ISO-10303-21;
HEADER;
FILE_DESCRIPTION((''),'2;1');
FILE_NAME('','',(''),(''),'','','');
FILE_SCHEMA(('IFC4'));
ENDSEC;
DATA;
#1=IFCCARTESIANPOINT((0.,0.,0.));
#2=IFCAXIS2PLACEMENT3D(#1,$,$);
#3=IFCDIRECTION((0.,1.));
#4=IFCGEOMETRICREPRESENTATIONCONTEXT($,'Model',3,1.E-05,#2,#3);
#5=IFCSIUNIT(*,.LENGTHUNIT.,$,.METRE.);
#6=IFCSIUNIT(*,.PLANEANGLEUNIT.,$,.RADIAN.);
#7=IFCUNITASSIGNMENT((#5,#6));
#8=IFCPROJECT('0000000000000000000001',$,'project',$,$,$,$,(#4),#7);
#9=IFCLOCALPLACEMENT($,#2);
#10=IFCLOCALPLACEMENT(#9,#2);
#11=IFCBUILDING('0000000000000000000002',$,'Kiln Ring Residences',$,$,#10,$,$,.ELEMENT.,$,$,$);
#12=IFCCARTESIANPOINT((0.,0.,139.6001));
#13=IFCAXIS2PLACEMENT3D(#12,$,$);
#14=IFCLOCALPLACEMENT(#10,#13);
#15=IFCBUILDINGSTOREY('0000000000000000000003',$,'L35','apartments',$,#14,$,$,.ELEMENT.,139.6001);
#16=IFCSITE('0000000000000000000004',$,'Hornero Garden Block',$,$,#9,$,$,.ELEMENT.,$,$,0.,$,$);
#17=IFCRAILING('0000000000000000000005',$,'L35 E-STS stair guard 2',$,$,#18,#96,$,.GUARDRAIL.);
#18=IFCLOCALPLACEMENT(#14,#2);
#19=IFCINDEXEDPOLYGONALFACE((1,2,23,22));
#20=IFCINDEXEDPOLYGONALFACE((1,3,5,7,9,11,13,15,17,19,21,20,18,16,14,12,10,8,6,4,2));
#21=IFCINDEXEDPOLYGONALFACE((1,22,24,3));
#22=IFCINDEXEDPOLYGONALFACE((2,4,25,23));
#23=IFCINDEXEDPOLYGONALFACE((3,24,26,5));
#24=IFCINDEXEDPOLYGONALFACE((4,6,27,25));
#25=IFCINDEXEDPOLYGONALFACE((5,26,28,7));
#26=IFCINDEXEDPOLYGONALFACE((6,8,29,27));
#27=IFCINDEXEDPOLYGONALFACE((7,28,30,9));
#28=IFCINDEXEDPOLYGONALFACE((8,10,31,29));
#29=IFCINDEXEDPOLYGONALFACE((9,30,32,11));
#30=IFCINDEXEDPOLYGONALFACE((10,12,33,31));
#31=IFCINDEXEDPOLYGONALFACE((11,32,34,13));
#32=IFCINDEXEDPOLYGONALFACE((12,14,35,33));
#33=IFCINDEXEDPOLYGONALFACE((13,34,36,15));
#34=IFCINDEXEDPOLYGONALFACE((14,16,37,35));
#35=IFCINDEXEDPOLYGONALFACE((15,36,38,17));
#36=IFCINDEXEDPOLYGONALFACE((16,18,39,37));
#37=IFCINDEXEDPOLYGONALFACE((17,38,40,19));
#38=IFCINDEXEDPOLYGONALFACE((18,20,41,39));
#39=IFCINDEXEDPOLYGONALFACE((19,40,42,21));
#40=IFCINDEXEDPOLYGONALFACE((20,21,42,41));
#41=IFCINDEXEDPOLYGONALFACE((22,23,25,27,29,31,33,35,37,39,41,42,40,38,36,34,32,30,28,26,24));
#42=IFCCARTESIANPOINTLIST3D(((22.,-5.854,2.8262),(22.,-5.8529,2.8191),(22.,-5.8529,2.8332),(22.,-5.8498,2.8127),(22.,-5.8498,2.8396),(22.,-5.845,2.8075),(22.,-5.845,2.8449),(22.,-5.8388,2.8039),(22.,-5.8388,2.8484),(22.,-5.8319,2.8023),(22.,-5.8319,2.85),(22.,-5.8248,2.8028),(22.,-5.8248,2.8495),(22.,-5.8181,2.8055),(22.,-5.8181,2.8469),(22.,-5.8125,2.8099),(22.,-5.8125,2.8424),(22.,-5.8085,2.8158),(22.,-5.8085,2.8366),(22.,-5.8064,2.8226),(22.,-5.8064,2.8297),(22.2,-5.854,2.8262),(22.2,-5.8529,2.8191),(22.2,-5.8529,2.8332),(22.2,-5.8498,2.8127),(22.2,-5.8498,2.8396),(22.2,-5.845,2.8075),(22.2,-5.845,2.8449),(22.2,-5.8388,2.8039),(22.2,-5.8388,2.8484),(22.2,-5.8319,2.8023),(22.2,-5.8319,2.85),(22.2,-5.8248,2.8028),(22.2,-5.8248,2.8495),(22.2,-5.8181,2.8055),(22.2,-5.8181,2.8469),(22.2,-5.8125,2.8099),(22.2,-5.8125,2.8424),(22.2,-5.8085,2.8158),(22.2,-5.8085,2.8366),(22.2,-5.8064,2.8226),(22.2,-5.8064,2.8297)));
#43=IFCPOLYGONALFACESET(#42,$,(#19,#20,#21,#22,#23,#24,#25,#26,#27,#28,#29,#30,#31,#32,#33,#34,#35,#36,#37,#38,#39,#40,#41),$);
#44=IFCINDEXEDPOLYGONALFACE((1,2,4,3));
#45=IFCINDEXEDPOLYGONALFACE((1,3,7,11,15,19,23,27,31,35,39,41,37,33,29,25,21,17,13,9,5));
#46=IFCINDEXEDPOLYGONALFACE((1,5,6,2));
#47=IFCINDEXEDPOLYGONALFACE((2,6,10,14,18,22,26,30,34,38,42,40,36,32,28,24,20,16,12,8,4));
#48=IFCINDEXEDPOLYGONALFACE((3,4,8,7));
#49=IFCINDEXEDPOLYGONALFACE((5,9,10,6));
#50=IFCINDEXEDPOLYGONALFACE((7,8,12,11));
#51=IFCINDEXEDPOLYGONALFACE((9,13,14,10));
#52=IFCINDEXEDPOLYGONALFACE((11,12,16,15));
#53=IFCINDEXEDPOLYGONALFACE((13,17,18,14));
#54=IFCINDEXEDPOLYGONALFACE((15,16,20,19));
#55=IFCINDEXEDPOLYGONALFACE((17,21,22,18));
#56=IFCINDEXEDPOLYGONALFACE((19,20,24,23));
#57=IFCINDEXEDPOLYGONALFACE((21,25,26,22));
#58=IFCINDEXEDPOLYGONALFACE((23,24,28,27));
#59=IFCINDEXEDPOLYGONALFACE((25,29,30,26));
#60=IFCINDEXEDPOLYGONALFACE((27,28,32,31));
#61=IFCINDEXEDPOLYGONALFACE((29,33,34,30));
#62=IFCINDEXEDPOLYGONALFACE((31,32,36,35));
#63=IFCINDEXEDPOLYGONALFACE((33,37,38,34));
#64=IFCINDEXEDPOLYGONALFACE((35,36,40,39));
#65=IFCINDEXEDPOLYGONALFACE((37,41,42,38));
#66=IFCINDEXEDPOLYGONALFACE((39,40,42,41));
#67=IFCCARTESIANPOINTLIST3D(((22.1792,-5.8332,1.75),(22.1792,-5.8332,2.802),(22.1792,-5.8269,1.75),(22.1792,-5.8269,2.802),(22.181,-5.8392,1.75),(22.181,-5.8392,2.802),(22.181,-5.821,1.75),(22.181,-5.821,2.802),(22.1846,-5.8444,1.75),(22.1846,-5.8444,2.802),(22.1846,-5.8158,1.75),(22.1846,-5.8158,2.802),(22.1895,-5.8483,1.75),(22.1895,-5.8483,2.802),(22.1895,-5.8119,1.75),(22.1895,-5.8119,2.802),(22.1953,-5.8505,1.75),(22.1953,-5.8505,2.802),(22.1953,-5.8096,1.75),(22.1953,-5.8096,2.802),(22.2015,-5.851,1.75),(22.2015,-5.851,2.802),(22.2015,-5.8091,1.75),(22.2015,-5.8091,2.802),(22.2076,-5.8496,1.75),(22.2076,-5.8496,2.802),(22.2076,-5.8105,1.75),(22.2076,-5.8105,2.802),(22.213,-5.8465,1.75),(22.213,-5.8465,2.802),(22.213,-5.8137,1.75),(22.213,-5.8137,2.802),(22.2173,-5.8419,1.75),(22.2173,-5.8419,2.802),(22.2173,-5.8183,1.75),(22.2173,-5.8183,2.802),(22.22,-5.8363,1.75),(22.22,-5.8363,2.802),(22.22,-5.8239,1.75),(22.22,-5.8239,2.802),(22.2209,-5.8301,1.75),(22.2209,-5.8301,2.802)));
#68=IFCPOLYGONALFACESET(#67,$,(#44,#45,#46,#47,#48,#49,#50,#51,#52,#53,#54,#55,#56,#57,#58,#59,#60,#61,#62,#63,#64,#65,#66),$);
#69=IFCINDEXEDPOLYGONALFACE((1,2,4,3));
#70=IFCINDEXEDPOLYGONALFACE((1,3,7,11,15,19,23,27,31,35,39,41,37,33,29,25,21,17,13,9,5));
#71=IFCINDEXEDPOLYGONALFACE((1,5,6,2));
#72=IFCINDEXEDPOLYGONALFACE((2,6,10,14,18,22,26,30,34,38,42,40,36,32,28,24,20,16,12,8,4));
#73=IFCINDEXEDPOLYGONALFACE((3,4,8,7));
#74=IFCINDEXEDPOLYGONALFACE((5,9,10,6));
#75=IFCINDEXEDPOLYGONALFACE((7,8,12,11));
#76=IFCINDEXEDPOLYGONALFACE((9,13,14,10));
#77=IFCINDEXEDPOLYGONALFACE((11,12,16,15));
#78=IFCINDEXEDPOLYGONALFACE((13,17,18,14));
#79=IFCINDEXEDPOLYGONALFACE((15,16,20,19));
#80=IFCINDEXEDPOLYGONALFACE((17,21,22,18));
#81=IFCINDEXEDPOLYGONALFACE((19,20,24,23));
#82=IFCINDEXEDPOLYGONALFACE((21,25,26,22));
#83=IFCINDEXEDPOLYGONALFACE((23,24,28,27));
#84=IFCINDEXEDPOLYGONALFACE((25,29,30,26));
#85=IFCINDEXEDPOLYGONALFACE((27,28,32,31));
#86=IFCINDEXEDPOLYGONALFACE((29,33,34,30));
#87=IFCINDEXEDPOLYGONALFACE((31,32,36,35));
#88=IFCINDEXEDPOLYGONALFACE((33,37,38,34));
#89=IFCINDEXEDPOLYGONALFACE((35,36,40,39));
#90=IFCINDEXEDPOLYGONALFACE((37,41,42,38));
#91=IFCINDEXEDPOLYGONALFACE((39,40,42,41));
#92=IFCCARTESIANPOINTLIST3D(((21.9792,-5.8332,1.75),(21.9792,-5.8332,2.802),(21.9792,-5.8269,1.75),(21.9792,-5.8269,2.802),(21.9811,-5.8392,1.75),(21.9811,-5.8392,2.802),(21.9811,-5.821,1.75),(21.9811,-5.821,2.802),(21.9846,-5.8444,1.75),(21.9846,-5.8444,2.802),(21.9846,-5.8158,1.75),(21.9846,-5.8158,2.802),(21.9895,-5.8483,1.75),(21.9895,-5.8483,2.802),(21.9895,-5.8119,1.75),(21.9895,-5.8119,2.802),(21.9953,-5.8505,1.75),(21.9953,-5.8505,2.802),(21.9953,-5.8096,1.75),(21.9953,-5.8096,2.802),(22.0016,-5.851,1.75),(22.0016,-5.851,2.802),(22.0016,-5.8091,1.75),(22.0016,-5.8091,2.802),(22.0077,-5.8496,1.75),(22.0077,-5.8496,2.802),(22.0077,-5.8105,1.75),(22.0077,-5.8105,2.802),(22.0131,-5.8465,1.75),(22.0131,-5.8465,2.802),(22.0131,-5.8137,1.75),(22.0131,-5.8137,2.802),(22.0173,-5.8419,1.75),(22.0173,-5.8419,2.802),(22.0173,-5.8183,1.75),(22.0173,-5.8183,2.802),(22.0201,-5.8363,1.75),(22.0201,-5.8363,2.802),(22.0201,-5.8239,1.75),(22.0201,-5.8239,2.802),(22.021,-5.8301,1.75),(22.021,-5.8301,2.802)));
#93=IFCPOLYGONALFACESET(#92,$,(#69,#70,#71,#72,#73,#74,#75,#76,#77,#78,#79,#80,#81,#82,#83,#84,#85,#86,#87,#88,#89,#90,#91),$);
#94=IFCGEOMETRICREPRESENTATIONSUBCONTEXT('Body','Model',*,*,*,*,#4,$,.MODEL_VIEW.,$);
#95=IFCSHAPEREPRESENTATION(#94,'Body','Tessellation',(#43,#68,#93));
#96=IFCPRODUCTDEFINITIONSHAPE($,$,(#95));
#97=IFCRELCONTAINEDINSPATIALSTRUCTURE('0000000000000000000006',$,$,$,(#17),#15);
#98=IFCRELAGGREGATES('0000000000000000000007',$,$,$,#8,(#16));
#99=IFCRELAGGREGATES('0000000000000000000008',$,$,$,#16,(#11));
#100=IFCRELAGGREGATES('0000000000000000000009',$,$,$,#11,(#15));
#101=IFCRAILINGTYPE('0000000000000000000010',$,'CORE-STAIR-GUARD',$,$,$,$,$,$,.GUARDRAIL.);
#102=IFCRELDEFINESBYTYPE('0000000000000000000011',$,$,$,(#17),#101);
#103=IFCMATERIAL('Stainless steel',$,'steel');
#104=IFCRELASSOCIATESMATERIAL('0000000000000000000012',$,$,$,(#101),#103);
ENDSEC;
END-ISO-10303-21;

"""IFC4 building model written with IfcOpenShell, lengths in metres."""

from ifc_helpers import new_model, si_unit, direction, frame, origin, origin_2d, place, context, subcontext, project, spatial, circle, extrude, material, type_object, element, save


model = new_model("IFC4")

# Units and contexts
model_context = context("Model", 3, precision=1e-05, world=origin(), true_north=direction((0.0, 1.0)))
body_context = subcontext(model_context, "Body", "Model", "MODEL_VIEW")
ifc_project = project(units=[si_unit("LENGTHUNIT", "METRE"), si_unit("PLANEANGLEUNIT", "RADIAN")], contexts=[model_context])

# Site, building, storey
site_placement = place(None, origin())
site = spatial("IfcSite", under=ifc_project, at=site_placement, Name="Hornero Garden Block", CompositionType="ELEMENT", RefElevation=0.0)
building_placement = place(site_placement, origin())
building = spatial("IfcBuilding", under=site, at=building_placement, Name="Kiln Ring Residences", CompositionType="ELEMENT")
storey_placement = place(building_placement, frame((0.0, 0.0, 139.6001)))
storey = spatial("IfcBuildingStorey", under=building, at=storey_placement, Name="L35", Description="apartments", CompositionType="ELEMENT", Elevation=139.6001)

# Railing
ifc_material_1 = material(Name="Stainless steel", Category="steel")
railing_type_1 = type_object("IfcRailingType", Name="CORE-STAIR-GUARD", PredefinedType="GUARDRAIL", material=ifc_material_1)
railing_1_placement = place(storey_placement, frame((22.2, -5.8301, 1.75)))
element("IfcRailing", 1, at=railing_1_placement, inside=storey, type_object=railing_type_1, Name="L35 E-STS stair guard 2", PredefinedType="GUARDRAIL", context=body_context, shape_type="SweptSolid", body=[
    extrude(circle(Radius=0.0239, at=origin_2d()), frame((0.0, 0.0, 1.0762), z_axis=(-1.0, 0.0, 0.0), x_axis=(0.0, -1.0, 0.0)), (0.0, 0.0, 1.0), 0.2),
    extrude(circle(Radius=0.021, at=origin_2d()), origin(), (0.0, 0.0, 1.0), 1.052),
    extrude(circle(Radius=0.021, at=origin_2d()), frame((-0.2, 0.0, 0.0)), (0.0, 0.0, 1.0), 1.052),
])

save(model, "model.ifc")
